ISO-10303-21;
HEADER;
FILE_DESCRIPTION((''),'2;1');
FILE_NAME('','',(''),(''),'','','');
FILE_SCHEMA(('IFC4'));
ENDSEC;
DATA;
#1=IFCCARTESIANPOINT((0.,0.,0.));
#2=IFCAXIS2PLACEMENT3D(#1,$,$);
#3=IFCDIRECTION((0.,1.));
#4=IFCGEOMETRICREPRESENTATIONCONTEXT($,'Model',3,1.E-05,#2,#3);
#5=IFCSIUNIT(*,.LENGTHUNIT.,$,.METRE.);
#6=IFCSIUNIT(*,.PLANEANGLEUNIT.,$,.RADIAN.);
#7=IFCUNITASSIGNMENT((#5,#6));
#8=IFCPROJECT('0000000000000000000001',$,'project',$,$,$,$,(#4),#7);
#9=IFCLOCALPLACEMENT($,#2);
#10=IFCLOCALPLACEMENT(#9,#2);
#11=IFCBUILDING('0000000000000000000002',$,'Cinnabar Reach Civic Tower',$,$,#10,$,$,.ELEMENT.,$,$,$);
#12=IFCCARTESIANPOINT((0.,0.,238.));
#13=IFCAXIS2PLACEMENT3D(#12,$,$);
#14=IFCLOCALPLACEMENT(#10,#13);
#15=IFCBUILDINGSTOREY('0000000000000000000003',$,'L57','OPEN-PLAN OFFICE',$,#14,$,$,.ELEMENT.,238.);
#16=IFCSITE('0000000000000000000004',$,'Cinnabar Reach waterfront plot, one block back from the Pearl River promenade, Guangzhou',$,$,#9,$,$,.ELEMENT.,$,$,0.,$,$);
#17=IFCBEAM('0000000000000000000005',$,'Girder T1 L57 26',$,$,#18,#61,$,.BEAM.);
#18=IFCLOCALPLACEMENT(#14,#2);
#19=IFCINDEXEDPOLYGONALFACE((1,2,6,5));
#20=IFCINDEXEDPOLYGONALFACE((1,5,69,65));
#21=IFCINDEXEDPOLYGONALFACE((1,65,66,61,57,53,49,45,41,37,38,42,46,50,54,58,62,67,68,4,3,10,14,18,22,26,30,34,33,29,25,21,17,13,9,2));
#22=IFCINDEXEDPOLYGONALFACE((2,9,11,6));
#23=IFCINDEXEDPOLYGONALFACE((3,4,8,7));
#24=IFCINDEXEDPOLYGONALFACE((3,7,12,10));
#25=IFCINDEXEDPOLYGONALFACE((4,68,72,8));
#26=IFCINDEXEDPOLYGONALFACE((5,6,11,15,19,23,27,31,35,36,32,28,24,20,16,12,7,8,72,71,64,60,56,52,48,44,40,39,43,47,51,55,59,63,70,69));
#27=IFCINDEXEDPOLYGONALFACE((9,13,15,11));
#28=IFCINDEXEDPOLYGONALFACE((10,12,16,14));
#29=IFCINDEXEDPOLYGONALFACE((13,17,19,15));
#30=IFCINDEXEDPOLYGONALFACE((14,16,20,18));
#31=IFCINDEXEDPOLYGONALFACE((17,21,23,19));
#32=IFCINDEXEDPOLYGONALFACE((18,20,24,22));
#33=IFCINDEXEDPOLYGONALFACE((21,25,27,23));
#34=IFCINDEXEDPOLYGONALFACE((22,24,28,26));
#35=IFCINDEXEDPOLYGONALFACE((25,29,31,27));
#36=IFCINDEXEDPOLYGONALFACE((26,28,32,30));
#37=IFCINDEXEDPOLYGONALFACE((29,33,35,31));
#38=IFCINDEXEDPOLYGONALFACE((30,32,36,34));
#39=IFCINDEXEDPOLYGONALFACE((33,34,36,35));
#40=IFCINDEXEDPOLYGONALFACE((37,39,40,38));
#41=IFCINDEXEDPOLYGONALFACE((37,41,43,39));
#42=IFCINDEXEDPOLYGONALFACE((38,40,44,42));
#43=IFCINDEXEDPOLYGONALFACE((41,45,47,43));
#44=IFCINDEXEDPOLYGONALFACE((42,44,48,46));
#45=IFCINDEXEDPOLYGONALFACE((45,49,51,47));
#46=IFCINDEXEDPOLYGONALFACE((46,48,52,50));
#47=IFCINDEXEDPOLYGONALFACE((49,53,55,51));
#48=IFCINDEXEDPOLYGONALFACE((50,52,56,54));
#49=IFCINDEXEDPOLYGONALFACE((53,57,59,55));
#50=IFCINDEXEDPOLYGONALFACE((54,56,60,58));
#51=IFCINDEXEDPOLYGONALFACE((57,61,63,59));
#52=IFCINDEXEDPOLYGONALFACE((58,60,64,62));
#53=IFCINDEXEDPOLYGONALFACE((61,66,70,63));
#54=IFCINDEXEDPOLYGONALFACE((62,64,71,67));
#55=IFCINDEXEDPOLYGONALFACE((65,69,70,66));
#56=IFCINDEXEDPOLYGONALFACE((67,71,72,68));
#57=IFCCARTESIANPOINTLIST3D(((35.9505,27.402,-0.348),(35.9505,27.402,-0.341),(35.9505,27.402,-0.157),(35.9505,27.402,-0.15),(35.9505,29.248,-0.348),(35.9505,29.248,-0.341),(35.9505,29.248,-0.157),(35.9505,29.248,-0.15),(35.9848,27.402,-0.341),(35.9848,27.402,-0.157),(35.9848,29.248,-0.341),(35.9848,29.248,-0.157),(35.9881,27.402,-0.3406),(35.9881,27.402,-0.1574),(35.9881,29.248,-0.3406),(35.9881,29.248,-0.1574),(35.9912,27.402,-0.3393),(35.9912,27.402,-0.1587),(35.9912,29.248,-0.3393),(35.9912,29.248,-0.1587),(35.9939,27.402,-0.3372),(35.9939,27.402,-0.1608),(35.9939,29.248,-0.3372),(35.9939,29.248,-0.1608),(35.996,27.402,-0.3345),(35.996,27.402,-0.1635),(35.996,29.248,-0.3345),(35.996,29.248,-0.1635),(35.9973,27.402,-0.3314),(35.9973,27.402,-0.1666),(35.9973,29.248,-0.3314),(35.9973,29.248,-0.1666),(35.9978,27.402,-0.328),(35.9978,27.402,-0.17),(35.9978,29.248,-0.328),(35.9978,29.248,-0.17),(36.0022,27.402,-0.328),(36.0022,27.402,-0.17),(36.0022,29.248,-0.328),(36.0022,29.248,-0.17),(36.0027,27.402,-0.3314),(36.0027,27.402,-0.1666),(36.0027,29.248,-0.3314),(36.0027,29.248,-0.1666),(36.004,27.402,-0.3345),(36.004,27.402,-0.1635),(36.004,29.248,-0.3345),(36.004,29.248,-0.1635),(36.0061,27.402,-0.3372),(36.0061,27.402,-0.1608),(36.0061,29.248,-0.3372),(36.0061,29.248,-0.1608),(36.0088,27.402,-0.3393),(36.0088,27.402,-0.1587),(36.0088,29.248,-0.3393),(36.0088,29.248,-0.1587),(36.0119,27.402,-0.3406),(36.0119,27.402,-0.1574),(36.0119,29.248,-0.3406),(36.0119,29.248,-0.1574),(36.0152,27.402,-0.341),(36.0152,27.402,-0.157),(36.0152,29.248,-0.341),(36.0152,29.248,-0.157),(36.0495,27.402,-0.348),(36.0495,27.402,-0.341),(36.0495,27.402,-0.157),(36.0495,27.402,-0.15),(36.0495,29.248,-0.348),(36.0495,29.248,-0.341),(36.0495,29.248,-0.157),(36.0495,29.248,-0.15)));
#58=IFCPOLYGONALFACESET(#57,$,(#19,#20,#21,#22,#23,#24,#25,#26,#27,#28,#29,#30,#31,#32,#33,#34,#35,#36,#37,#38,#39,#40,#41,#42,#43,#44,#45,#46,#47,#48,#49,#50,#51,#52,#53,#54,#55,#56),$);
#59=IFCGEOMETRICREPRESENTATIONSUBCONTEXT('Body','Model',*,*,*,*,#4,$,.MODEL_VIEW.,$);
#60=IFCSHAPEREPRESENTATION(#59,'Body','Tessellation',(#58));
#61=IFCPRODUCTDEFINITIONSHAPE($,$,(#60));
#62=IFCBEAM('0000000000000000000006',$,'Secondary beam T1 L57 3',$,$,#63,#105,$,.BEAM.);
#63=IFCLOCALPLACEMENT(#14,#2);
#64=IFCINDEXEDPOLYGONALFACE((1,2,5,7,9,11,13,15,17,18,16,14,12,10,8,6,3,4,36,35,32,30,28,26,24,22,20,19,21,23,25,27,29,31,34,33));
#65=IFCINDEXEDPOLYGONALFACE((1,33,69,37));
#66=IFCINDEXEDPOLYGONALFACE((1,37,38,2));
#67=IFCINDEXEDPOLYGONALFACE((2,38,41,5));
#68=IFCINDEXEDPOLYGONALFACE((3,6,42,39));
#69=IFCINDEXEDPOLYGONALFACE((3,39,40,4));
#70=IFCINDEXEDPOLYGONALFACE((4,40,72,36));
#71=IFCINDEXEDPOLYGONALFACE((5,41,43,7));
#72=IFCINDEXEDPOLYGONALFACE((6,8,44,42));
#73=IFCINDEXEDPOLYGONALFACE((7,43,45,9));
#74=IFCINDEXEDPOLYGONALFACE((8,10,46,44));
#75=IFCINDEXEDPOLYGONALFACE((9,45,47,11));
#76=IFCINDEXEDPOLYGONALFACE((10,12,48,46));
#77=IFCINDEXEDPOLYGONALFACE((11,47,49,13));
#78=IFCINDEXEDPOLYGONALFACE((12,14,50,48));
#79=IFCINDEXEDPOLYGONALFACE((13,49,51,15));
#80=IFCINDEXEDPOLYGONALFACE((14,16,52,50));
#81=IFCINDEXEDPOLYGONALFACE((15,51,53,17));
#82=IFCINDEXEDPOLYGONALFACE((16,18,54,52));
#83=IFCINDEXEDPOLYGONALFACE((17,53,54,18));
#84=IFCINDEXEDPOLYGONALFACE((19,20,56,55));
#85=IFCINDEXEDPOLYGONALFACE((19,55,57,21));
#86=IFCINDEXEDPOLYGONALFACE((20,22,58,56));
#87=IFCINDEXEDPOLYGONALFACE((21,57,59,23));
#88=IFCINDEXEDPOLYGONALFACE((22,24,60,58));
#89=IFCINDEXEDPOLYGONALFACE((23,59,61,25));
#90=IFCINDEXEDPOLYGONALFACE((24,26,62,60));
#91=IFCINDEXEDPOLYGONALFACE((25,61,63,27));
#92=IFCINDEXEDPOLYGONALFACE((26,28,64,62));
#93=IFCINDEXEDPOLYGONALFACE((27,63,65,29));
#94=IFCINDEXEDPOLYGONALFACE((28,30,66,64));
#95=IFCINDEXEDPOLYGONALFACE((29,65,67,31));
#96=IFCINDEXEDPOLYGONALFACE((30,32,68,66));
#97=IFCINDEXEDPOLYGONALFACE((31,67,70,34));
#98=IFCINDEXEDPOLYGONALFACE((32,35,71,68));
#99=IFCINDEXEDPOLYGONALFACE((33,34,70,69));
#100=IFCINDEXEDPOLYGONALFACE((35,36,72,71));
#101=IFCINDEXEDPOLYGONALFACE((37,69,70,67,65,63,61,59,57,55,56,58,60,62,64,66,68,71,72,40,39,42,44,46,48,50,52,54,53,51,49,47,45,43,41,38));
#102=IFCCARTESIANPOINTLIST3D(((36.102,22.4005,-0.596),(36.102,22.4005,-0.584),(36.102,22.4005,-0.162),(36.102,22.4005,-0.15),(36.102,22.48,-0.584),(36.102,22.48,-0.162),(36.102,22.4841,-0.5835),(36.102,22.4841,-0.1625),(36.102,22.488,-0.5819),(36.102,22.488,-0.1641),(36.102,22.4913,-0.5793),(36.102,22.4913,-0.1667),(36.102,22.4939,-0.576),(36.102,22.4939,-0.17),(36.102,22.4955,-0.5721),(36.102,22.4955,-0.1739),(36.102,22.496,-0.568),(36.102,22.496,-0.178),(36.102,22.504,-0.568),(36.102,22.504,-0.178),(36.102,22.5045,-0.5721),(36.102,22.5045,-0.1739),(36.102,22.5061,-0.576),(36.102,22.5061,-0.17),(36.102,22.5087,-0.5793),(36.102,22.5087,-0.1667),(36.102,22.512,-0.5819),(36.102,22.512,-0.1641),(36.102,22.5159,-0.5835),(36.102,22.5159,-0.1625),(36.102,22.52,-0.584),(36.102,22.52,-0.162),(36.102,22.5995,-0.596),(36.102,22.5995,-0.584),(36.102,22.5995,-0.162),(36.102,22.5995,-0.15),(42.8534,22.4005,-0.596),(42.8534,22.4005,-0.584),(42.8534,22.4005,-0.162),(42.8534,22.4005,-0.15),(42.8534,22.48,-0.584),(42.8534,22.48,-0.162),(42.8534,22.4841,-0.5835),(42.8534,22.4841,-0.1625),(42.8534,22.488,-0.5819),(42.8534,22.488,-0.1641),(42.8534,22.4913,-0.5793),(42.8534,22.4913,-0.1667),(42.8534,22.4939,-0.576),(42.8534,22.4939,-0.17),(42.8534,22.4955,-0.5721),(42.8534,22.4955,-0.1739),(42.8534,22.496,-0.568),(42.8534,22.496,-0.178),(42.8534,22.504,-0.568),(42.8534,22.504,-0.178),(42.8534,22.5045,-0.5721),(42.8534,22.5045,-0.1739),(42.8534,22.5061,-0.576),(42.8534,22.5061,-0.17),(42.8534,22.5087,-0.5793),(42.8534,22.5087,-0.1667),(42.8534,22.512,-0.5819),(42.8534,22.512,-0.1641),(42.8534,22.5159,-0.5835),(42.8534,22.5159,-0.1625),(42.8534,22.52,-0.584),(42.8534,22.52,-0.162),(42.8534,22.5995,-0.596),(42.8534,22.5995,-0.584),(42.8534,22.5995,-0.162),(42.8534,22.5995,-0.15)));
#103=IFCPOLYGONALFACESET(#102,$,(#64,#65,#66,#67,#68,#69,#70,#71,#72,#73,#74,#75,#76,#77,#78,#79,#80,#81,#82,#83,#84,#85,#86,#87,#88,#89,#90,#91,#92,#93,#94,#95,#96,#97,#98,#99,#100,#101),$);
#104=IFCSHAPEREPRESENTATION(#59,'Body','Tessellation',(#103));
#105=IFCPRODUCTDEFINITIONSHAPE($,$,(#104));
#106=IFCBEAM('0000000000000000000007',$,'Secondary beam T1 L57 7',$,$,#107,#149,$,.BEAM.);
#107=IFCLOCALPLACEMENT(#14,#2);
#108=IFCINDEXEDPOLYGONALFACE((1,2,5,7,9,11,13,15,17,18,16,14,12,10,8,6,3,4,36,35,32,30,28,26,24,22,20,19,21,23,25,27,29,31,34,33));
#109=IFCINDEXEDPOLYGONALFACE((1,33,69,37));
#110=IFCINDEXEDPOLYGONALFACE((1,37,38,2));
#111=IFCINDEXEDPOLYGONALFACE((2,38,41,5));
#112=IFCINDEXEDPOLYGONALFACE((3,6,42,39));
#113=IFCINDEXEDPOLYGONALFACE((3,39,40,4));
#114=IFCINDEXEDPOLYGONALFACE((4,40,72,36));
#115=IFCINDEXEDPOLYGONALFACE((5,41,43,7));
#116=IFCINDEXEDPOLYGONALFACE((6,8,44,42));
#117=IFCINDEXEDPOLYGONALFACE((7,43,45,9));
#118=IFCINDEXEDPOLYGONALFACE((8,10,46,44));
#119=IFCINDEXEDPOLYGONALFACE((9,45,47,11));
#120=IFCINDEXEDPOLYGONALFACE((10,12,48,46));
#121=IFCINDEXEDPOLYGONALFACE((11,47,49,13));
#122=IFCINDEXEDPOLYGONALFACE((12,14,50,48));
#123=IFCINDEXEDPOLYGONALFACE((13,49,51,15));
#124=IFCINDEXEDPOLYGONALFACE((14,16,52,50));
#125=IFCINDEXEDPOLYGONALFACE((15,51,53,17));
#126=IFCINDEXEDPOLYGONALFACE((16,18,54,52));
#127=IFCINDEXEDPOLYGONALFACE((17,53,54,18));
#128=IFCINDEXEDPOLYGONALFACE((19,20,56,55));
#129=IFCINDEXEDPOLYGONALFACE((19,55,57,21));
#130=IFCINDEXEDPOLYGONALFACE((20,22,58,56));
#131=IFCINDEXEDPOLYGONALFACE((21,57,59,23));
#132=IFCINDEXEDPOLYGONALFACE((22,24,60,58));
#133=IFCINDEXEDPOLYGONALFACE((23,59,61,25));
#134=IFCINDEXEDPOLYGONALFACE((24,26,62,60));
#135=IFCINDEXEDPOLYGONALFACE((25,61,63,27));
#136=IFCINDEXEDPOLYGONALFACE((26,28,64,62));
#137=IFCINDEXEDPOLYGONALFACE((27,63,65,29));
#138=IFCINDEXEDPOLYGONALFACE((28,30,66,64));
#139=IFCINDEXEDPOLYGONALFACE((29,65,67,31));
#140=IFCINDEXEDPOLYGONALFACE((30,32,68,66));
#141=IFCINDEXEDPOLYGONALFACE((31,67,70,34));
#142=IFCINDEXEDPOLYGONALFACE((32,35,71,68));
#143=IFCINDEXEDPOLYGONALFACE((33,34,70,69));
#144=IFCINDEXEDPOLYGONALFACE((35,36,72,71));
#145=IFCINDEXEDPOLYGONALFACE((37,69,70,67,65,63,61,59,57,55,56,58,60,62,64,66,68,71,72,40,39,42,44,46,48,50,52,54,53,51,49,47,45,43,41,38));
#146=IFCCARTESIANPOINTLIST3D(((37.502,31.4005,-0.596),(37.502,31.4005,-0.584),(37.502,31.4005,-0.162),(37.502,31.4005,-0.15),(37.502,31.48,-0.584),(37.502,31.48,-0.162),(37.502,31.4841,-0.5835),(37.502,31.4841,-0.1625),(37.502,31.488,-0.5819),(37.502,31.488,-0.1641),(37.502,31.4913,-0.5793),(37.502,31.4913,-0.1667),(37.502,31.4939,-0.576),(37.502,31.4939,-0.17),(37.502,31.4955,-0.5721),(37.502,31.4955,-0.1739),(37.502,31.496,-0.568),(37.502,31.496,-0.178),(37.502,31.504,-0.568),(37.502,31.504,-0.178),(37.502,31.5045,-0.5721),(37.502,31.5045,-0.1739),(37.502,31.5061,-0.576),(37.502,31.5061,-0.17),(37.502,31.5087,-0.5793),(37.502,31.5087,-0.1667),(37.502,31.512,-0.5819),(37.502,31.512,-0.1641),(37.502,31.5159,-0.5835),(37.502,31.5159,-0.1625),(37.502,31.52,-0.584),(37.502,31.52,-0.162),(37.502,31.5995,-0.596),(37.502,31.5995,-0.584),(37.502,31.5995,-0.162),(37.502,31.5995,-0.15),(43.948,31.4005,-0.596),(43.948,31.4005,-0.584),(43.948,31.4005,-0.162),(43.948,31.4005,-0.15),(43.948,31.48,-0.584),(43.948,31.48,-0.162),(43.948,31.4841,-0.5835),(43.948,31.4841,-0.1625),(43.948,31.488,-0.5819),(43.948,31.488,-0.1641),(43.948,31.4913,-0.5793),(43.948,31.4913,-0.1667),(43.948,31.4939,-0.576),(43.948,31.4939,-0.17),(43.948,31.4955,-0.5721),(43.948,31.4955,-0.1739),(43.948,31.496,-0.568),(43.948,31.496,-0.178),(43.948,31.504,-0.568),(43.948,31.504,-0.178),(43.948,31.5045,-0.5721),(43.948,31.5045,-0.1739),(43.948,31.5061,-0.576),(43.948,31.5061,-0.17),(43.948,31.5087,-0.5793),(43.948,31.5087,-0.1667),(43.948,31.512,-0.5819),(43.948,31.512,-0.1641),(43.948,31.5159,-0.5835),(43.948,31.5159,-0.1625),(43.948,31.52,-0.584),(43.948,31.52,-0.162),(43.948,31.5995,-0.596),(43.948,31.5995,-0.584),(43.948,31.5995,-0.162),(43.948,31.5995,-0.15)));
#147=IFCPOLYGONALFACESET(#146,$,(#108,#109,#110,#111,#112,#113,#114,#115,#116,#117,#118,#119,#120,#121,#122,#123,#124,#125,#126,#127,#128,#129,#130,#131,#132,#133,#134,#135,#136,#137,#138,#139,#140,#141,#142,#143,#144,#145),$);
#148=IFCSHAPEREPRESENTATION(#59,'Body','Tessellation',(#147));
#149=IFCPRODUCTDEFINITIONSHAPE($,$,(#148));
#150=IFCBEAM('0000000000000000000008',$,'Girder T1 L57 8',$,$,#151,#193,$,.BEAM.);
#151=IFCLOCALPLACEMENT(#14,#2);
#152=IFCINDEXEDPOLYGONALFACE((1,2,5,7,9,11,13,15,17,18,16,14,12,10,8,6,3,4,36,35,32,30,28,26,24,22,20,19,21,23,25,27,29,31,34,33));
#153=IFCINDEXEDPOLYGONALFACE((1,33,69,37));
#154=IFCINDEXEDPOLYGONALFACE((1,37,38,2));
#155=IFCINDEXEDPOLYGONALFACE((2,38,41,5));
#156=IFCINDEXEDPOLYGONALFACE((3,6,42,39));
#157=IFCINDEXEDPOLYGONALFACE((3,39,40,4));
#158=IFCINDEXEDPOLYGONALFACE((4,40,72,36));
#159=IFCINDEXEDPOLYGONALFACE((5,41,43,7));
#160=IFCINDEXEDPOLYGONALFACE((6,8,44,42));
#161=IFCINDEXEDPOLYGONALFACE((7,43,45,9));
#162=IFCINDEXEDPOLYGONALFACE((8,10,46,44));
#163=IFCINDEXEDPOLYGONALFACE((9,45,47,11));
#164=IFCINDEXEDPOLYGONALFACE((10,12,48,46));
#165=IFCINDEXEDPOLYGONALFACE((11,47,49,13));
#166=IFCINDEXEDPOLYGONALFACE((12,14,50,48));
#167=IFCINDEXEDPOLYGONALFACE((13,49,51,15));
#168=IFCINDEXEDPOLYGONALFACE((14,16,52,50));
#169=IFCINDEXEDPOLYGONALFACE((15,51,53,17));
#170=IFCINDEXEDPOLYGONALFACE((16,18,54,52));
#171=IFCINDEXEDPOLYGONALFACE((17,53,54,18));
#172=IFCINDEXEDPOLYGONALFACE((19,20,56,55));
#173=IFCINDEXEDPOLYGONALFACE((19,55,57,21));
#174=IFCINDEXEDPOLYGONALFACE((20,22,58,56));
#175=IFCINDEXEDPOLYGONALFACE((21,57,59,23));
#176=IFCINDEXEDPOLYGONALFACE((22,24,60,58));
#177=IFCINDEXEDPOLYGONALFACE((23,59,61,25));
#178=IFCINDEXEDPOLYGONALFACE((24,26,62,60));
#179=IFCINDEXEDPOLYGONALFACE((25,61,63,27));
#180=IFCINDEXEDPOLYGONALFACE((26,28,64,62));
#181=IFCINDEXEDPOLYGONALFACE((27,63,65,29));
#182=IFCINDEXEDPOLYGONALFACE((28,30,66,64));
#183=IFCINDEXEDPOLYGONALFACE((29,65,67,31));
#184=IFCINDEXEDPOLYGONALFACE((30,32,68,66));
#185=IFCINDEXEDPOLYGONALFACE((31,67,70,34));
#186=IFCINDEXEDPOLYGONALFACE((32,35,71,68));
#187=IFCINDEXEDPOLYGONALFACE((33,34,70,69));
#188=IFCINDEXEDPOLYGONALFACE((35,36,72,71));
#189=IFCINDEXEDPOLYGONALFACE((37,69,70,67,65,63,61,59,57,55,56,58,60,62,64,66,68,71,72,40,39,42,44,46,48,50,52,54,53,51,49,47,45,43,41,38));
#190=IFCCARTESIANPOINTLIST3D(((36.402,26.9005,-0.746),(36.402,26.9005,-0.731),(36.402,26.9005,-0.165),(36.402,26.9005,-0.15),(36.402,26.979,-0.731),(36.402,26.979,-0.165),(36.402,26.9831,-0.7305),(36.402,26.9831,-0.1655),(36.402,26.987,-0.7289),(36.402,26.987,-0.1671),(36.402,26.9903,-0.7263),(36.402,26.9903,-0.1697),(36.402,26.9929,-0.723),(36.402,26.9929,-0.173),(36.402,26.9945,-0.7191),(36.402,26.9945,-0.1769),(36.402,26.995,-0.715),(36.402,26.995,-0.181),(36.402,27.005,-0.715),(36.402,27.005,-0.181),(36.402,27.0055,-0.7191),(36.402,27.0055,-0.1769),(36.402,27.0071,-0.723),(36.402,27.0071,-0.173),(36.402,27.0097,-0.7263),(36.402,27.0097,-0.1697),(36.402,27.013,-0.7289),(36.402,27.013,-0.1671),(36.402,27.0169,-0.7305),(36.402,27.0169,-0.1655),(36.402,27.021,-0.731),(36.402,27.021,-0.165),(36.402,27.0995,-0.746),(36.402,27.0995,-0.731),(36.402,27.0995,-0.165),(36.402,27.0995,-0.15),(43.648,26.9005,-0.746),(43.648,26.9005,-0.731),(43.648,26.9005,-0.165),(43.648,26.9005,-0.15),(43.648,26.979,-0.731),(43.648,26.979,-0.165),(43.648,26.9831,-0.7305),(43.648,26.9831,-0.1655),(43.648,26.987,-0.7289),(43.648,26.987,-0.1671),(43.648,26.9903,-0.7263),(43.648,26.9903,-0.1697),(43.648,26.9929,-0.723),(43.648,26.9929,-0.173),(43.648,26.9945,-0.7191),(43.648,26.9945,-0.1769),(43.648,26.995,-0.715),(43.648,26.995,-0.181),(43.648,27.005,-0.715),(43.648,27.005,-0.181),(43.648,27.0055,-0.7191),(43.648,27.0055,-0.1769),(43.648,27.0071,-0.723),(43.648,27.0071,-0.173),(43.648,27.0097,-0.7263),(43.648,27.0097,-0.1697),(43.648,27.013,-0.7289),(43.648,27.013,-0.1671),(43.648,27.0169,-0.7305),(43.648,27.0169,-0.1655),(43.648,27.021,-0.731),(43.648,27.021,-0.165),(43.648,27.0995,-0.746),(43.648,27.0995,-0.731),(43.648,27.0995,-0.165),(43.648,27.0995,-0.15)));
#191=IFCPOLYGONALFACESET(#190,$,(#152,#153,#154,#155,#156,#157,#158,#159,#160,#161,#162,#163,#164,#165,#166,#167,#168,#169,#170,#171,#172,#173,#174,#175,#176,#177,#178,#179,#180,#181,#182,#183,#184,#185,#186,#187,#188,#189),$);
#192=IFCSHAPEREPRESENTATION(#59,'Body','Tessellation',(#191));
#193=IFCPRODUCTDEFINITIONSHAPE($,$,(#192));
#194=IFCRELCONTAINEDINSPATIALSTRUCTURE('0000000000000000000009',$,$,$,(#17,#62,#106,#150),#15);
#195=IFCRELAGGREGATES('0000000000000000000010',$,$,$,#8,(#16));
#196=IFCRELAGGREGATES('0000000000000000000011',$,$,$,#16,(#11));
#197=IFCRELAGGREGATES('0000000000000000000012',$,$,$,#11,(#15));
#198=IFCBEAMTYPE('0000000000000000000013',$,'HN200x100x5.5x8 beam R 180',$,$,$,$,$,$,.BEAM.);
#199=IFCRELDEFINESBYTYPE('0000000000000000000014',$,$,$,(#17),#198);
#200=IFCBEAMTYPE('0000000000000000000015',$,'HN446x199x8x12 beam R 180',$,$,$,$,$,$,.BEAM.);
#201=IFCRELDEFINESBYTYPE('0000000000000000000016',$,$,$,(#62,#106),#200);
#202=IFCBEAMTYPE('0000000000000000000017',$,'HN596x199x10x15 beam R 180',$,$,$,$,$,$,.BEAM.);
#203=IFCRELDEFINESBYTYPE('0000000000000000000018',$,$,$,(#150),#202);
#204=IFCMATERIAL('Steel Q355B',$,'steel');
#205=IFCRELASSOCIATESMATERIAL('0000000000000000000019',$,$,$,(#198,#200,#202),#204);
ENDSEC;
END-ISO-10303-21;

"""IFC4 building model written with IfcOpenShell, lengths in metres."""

from ifc_helpers import new_model, si_unit, direction, frame, origin, origin_2d, place, context, subcontext, project, spatial, i_section, extrude, material, material_profile, profile_set, type_object, element, save


model = new_model("IFC4")

# Units and contexts
model_context = context("Model", 3, precision=1e-05, world=origin(), true_north=direction((0.0, 1.0)))
body_context = subcontext(model_context, "Body", "Model", "MODEL_VIEW")
ifc_project = project(units=[si_unit("LENGTHUNIT", "METRE"), si_unit("PLANEANGLEUNIT", "RADIAN")], contexts=[model_context])

# Site, building, storey
site_placement = place(None, origin())
site = spatial("IfcSite", under=ifc_project, at=site_placement, Name="Cinnabar Reach waterfront plot, one block back from the Pearl River promenade, Guangzhou", CompositionType="ELEMENT", RefElevation=0.0)
building_placement = place(site_placement, origin())
building = spatial("IfcBuilding", under=site, at=building_placement, Name="Cinnabar Reach Civic Tower", CompositionType="ELEMENT")
storey_placement = place(building_placement, frame((0.0, 0.0, 238.0)))
storey = spatial("IfcBuildingStorey", under=building, at=storey_placement, Name="L57", Description="OPEN-PLAN OFFICE", CompositionType="ELEMENT", Elevation=238.0)

# Beams
ifc_material_1 = material(Name="Steel Q355B", Category="steel")
ifc_material_profile_1 = material_profile(ifc_material_1, i_section(OverallWidth=0.099, OverallDepth=0.198, WebThickness=0.0045, FlangeThickness=0.007, FilletRadius=0.013, at=origin_2d()), Name="HN200x100x5.5x8")
ifc_profile_set_1 = profile_set([ifc_material_profile_1], Name="Steel Q355B")
beam_type_1 = type_object("IfcBeamType", Name="HN200x100x5.5x8 beam R 180", PredefinedType="BEAM", material=ifc_profile_set_1)
beam_1_placement = place(storey_placement, frame((36.0, 27.402, -0.249), z_axis=(0.0, 1.0, 0.0), x_axis=(-1.0, 0.0, 0.0)))
element("IfcBeam", 1, at=beam_1_placement, inside=storey, type_object=beam_type_1, Name="Girder T1 L57 26", PredefinedType="BEAM", context=body_context, shape_type="SweptSolid", body=[
    extrude(i_section(OverallWidth=0.099, OverallDepth=0.198, WebThickness=0.0045, FlangeThickness=0.007, FilletRadius=0.013, at=origin_2d()), origin(), (0.0, 0.0, 1.0), 1.846),
])
ifc_material_profile_2 = material_profile(ifc_material_1, i_section(OverallWidth=0.199, OverallDepth=0.446, WebThickness=0.008, FlangeThickness=0.012, FilletRadius=0.016, at=origin_2d()), Name="HN446x199x8x12")
ifc_profile_set_2 = profile_set([ifc_material_profile_2], Name="Steel Q355B")
beam_type_2 = type_object("IfcBeamType", Name="HN446x199x8x12 beam R 180", PredefinedType="BEAM", material=ifc_profile_set_2)
beam_2_placement = place(storey_placement, frame((36.102, 22.5, -0.373), z_axis=(1.0, 0.0, 0.0), x_axis=(0.0, 1.0, 0.0)))
element("IfcBeam", 2, at=beam_2_placement, inside=storey, type_object=beam_type_2, Name="Secondary beam T1 L57 3", PredefinedType="BEAM", context=body_context, shape_type="SweptSolid", body=[
    extrude(i_section(OverallWidth=0.199, OverallDepth=0.446, WebThickness=0.008, FlangeThickness=0.012, FilletRadius=0.016, at=origin_2d()), origin(), (0.0, 0.0, 1.0), 6.7514),
])
beam_3_placement = place(storey_placement, frame((37.502, 31.5, -0.373), z_axis=(1.0, 0.0, 0.0), x_axis=(0.0, 1.0, 0.0)))
element("IfcBeam", 3, at=beam_3_placement, inside=storey, type_object=beam_type_2, Name="Secondary beam T1 L57 7", PredefinedType="BEAM", context=body_context, shape_type="SweptSolid", body=[
    extrude(i_section(OverallWidth=0.199, OverallDepth=0.446, WebThickness=0.008, FlangeThickness=0.012, FilletRadius=0.016, at=origin_2d()), origin(), (0.0, 0.0, 1.0), 6.446),
])
ifc_material_profile_3 = material_profile(ifc_material_1, i_section(OverallWidth=0.199, OverallDepth=0.596, WebThickness=0.01, FlangeThickness=0.015, FilletRadius=0.016, at=origin_2d()), Name="HN596x199x10x15")
ifc_profile_set_3 = profile_set([ifc_material_profile_3], Name="Steel Q355B")
beam_type_3 = type_object("IfcBeamType", Name="HN596x199x10x15 beam R 180", PredefinedType="BEAM", material=ifc_profile_set_3)
beam_4_placement = place(storey_placement, frame((36.402, 27.0, -0.448), z_axis=(1.0, 0.0, 0.0), x_axis=(0.0, 1.0, 0.0)))
element("IfcBeam", 4, at=beam_4_placement, inside=storey, type_object=beam_type_3, Name="Girder T1 L57 8", PredefinedType="BEAM", context=body_context, shape_type="SweptSolid", body=[
    extrude(i_section(OverallWidth=0.199, OverallDepth=0.596, WebThickness=0.01, FlangeThickness=0.015, FilletRadius=0.016, at=origin_2d()), origin(), (0.0, 0.0, 1.0), 7.246),
])

save(model, "model.ifc")
